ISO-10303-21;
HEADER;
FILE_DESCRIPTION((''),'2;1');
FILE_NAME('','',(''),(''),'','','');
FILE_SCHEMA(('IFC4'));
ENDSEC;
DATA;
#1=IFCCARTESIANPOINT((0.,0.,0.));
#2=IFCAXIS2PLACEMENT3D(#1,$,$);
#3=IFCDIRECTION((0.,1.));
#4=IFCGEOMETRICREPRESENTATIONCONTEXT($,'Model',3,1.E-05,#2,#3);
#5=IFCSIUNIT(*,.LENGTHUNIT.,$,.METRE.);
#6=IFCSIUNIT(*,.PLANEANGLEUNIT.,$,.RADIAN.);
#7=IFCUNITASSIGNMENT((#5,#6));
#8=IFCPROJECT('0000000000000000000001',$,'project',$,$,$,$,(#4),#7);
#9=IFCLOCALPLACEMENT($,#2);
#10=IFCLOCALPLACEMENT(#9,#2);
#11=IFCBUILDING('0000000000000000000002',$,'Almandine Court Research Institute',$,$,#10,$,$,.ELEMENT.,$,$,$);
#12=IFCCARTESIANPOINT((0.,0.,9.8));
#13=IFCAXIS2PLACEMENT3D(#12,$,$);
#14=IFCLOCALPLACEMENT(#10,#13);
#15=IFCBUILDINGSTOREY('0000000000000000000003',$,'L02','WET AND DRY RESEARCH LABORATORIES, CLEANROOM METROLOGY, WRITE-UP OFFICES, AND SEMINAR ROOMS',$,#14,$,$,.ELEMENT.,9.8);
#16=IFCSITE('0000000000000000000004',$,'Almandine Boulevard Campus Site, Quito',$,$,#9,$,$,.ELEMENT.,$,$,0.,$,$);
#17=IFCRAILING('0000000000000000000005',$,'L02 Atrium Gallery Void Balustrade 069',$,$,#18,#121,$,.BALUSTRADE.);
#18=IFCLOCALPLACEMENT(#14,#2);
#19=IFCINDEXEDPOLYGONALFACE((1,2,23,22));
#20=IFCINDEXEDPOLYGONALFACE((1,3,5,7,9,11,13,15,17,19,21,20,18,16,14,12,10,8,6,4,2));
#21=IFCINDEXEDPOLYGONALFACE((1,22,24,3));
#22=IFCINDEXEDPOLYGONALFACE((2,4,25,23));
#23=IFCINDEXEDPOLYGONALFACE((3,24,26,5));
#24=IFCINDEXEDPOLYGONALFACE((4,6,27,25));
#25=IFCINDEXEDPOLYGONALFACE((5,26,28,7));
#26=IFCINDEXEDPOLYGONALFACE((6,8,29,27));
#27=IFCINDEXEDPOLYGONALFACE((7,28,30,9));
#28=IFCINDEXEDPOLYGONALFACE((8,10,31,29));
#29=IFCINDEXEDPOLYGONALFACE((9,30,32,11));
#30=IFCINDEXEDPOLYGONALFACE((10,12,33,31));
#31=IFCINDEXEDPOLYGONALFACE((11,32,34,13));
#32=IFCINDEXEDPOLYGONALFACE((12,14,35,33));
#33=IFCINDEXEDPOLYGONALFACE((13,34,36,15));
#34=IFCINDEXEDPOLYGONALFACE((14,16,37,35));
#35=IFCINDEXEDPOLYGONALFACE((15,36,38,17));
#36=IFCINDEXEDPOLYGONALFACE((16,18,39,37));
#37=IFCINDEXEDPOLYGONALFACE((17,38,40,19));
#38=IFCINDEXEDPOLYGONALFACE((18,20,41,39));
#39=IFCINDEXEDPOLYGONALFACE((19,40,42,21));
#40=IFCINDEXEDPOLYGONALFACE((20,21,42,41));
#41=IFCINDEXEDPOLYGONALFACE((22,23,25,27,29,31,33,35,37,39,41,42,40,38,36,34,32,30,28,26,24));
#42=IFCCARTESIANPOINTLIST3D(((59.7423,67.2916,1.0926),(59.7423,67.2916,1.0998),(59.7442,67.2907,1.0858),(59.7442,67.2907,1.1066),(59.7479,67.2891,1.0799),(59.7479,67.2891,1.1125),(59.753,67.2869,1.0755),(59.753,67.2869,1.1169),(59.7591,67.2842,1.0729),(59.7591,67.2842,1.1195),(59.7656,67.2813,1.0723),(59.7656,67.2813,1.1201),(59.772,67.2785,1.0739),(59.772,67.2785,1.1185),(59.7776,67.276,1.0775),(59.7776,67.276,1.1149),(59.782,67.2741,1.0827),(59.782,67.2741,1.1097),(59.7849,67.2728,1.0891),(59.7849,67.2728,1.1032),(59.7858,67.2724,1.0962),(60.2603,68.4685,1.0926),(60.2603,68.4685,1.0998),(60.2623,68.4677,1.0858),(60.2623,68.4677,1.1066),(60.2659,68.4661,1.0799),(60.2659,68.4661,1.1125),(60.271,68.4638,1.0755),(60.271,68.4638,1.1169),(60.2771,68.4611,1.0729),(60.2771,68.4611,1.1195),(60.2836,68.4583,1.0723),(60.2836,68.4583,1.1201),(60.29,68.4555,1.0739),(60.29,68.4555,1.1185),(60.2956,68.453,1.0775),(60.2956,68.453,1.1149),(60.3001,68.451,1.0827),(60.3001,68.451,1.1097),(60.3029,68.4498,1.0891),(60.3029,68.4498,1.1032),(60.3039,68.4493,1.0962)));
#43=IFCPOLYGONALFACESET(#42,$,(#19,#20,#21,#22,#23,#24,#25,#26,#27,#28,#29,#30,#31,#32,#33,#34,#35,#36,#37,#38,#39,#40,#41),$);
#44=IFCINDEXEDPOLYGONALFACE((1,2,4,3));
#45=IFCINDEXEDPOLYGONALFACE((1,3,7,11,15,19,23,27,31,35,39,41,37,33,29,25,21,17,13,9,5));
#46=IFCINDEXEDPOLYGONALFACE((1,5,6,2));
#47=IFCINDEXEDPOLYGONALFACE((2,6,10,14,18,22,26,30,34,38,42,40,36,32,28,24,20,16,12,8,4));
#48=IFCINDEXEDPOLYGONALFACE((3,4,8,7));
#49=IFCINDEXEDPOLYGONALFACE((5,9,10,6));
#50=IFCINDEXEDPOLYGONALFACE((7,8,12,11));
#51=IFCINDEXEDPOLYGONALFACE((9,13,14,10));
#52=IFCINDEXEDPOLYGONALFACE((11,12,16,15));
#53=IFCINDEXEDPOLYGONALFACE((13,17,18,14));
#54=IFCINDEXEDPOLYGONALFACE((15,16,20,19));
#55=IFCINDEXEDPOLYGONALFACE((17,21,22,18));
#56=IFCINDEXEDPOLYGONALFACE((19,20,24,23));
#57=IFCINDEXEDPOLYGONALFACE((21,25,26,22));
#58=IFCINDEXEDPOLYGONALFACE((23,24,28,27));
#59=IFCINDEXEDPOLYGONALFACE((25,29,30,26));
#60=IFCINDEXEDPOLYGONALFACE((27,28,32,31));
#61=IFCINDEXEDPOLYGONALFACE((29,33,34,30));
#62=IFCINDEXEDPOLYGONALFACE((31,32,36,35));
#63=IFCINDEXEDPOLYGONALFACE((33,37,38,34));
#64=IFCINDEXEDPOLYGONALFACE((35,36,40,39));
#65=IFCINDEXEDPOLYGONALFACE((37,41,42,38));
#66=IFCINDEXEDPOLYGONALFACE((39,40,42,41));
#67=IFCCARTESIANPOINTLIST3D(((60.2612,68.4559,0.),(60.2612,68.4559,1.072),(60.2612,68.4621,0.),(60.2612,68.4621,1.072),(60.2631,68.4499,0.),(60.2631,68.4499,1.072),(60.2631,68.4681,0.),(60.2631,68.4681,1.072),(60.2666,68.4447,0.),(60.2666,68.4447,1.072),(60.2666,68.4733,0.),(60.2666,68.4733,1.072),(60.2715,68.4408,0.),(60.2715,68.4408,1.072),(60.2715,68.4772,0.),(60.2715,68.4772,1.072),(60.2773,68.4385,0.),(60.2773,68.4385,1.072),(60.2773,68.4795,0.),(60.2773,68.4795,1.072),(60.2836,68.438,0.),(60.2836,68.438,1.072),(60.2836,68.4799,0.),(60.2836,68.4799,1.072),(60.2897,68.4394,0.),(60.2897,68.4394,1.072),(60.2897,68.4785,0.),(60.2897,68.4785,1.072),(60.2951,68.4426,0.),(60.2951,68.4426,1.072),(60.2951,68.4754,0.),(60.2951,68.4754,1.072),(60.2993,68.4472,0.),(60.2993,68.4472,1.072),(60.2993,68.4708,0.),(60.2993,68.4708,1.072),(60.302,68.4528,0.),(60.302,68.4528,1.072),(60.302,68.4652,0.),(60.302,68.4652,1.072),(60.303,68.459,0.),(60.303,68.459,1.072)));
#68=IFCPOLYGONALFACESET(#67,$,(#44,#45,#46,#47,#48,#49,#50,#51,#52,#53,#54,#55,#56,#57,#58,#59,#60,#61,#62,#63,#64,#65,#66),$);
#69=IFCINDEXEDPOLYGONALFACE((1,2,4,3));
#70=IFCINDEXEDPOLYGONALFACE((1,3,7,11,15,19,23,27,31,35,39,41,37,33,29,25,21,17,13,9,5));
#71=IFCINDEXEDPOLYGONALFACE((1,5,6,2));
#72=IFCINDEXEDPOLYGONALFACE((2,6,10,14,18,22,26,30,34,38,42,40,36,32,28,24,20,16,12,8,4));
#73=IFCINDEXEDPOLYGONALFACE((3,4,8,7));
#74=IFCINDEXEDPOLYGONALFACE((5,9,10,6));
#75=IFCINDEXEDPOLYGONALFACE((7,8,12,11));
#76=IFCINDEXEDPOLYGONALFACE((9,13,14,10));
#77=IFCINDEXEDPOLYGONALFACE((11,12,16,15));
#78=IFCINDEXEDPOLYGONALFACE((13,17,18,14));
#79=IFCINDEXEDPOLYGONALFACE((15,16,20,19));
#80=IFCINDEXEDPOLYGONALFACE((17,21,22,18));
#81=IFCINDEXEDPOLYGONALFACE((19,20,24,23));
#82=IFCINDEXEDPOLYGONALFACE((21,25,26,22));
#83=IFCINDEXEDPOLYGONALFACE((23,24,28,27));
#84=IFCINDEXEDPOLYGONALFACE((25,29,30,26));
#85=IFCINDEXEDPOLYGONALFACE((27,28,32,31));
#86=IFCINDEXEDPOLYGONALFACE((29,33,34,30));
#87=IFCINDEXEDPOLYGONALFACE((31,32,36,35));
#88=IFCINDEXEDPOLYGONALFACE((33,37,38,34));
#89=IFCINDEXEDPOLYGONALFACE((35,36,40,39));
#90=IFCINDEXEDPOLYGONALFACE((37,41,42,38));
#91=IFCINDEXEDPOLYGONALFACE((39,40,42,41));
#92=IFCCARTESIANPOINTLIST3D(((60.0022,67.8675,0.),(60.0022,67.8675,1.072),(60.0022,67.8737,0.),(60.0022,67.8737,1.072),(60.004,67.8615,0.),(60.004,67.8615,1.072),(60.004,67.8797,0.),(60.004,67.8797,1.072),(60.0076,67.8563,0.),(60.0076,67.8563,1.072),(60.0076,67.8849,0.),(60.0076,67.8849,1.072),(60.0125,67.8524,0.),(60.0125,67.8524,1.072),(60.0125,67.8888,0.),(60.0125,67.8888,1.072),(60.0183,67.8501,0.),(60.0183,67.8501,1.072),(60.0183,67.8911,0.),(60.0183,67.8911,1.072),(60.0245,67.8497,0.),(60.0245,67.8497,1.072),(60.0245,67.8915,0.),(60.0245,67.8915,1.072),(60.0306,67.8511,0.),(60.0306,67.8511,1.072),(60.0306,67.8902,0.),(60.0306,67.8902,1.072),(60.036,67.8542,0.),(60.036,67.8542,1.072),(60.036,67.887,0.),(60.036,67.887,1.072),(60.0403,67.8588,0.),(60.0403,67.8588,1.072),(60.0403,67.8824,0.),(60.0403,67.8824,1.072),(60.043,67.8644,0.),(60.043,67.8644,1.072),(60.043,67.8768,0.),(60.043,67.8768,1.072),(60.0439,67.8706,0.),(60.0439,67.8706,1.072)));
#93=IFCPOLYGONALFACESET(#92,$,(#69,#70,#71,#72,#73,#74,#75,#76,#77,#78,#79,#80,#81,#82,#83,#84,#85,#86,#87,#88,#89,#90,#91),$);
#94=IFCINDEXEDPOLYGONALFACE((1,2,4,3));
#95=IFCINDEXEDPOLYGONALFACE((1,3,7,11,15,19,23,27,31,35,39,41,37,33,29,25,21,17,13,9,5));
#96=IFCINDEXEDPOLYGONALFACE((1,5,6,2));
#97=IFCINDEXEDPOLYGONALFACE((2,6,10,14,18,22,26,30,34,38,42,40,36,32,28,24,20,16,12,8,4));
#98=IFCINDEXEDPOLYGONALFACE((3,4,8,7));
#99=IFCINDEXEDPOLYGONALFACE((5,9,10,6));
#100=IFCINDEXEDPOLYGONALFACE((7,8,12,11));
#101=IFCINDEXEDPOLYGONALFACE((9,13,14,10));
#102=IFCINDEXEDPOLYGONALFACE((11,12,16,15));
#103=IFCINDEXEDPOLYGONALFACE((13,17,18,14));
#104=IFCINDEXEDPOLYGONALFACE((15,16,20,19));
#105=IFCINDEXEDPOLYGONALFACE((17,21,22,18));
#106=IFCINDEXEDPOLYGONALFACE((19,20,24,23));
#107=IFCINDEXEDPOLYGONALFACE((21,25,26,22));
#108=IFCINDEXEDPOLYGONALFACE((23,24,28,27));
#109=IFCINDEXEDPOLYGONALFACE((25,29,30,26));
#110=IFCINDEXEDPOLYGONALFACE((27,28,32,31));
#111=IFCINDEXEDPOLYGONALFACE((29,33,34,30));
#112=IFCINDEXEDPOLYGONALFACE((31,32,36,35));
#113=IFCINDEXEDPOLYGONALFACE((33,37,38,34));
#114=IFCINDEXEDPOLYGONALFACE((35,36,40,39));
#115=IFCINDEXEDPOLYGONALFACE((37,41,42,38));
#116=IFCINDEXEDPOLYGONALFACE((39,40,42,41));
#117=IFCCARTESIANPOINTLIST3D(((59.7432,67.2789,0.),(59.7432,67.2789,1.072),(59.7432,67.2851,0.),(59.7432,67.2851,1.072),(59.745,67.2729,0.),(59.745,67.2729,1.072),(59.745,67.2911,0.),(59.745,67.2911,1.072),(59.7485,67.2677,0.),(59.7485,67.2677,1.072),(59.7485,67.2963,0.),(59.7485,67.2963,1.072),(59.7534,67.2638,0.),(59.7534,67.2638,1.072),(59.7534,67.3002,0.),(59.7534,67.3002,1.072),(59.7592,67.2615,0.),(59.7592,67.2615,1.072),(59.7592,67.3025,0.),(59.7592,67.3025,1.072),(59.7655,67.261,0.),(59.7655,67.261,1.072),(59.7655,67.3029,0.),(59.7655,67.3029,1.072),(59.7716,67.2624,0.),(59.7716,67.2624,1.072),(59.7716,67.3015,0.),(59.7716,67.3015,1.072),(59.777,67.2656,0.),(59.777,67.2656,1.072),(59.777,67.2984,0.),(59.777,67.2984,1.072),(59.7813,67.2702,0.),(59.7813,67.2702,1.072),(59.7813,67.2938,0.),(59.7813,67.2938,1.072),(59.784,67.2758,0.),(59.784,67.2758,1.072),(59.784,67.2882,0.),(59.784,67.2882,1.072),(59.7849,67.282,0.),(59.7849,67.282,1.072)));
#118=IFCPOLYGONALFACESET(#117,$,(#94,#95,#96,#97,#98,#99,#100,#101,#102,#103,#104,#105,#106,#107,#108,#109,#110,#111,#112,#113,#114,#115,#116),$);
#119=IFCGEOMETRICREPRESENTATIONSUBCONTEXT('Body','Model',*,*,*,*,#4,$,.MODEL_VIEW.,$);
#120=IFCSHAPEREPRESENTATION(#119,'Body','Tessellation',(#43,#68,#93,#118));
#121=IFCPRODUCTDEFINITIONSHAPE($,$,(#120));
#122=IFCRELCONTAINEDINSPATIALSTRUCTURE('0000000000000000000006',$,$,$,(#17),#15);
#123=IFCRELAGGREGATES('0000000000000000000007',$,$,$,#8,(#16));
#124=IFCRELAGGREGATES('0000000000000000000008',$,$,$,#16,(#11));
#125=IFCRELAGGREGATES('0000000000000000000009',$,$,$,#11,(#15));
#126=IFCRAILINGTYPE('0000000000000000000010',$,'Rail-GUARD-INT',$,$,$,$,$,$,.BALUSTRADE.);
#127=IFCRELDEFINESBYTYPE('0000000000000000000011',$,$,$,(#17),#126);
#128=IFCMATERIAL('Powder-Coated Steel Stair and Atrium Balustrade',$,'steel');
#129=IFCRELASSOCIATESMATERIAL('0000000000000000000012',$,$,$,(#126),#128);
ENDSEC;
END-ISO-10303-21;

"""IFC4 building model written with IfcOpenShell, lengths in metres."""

from ifc_helpers import new_model, si_unit, direction, frame, origin, origin_2d, place, context, subcontext, project, spatial, circle, extrude, material, type_object, element, save


model = new_model("IFC4")

# Units and contexts
model_context = context("Model", 3, precision=1e-05, world=origin(), true_north=direction((0.0, 1.0)))
body_context = subcontext(model_context, "Body", "Model", "MODEL_VIEW")
ifc_project = project(units=[si_unit("LENGTHUNIT", "METRE"), si_unit("PLANEANGLEUNIT", "RADIAN")], contexts=[model_context])

# Site, building, storey
site_placement = place(None, origin())
site = spatial("IfcSite", under=ifc_project, at=site_placement, Name="Almandine Boulevard Campus Site, Quito", CompositionType="ELEMENT", RefElevation=0.0)
building_placement = place(site_placement, origin())
building = spatial("IfcBuilding", under=site, at=building_placement, Name="Almandine Court Research Institute", CompositionType="ELEMENT")
storey_placement = place(building_placement, frame((0.0, 0.0, 9.8)))
storey = spatial("IfcBuildingStorey", under=building, at=storey_placement, Name="L02", Description="WET AND DRY RESEARCH LABORATORIES, CLEANROOM METROLOGY, WRITE-UP OFFICES, AND SEMINAR ROOMS", CompositionType="ELEMENT", Elevation=9.8)

# Railing
ifc_material_1 = material(Name="Powder-Coated Steel Stair and Atrium Balustrade", Category="steel")
railing_type = type_object("IfcRailingType", Name="Rail-GUARD-INT", PredefinedType="BALUSTRADE", material=ifc_material_1)
railing_1_placement = place(storey_placement, frame((60.282, 68.459, 0.0)))
element("IfcRailing", 1, at=railing_1_placement, inside=storey, type_object=railing_type, Name="L02 Atrium Gallery Void Balustrade 069", PredefinedType="BALUSTRADE", context=body_context, shape_type="SweptSolid", body=[
    extrude(circle(Radius=0.0239, at=origin_2d()), frame((0.0, 0.0, 1.0962), z_axis=(-0.402859, -0.915262, 0.0), x_axis=(0.915262, -0.402859, 0.0)), (0.0, 0.0, 1.0), 1.2859),
    extrude(circle(Radius=0.021, at=origin_2d()), origin(), (0.0, 0.0, 1.0), 1.072),
    extrude(circle(Radius=0.021, at=origin_2d()), frame((-0.259, -0.5884, 0.0)), (0.0, 0.0, 1.0), 1.072),
    extrude(circle(Radius=0.021, at=origin_2d()), frame((-0.5181, -1.177, 0.0)), (0.0, 0.0, 1.0), 1.072),
])

save(model, "model.ifc")
